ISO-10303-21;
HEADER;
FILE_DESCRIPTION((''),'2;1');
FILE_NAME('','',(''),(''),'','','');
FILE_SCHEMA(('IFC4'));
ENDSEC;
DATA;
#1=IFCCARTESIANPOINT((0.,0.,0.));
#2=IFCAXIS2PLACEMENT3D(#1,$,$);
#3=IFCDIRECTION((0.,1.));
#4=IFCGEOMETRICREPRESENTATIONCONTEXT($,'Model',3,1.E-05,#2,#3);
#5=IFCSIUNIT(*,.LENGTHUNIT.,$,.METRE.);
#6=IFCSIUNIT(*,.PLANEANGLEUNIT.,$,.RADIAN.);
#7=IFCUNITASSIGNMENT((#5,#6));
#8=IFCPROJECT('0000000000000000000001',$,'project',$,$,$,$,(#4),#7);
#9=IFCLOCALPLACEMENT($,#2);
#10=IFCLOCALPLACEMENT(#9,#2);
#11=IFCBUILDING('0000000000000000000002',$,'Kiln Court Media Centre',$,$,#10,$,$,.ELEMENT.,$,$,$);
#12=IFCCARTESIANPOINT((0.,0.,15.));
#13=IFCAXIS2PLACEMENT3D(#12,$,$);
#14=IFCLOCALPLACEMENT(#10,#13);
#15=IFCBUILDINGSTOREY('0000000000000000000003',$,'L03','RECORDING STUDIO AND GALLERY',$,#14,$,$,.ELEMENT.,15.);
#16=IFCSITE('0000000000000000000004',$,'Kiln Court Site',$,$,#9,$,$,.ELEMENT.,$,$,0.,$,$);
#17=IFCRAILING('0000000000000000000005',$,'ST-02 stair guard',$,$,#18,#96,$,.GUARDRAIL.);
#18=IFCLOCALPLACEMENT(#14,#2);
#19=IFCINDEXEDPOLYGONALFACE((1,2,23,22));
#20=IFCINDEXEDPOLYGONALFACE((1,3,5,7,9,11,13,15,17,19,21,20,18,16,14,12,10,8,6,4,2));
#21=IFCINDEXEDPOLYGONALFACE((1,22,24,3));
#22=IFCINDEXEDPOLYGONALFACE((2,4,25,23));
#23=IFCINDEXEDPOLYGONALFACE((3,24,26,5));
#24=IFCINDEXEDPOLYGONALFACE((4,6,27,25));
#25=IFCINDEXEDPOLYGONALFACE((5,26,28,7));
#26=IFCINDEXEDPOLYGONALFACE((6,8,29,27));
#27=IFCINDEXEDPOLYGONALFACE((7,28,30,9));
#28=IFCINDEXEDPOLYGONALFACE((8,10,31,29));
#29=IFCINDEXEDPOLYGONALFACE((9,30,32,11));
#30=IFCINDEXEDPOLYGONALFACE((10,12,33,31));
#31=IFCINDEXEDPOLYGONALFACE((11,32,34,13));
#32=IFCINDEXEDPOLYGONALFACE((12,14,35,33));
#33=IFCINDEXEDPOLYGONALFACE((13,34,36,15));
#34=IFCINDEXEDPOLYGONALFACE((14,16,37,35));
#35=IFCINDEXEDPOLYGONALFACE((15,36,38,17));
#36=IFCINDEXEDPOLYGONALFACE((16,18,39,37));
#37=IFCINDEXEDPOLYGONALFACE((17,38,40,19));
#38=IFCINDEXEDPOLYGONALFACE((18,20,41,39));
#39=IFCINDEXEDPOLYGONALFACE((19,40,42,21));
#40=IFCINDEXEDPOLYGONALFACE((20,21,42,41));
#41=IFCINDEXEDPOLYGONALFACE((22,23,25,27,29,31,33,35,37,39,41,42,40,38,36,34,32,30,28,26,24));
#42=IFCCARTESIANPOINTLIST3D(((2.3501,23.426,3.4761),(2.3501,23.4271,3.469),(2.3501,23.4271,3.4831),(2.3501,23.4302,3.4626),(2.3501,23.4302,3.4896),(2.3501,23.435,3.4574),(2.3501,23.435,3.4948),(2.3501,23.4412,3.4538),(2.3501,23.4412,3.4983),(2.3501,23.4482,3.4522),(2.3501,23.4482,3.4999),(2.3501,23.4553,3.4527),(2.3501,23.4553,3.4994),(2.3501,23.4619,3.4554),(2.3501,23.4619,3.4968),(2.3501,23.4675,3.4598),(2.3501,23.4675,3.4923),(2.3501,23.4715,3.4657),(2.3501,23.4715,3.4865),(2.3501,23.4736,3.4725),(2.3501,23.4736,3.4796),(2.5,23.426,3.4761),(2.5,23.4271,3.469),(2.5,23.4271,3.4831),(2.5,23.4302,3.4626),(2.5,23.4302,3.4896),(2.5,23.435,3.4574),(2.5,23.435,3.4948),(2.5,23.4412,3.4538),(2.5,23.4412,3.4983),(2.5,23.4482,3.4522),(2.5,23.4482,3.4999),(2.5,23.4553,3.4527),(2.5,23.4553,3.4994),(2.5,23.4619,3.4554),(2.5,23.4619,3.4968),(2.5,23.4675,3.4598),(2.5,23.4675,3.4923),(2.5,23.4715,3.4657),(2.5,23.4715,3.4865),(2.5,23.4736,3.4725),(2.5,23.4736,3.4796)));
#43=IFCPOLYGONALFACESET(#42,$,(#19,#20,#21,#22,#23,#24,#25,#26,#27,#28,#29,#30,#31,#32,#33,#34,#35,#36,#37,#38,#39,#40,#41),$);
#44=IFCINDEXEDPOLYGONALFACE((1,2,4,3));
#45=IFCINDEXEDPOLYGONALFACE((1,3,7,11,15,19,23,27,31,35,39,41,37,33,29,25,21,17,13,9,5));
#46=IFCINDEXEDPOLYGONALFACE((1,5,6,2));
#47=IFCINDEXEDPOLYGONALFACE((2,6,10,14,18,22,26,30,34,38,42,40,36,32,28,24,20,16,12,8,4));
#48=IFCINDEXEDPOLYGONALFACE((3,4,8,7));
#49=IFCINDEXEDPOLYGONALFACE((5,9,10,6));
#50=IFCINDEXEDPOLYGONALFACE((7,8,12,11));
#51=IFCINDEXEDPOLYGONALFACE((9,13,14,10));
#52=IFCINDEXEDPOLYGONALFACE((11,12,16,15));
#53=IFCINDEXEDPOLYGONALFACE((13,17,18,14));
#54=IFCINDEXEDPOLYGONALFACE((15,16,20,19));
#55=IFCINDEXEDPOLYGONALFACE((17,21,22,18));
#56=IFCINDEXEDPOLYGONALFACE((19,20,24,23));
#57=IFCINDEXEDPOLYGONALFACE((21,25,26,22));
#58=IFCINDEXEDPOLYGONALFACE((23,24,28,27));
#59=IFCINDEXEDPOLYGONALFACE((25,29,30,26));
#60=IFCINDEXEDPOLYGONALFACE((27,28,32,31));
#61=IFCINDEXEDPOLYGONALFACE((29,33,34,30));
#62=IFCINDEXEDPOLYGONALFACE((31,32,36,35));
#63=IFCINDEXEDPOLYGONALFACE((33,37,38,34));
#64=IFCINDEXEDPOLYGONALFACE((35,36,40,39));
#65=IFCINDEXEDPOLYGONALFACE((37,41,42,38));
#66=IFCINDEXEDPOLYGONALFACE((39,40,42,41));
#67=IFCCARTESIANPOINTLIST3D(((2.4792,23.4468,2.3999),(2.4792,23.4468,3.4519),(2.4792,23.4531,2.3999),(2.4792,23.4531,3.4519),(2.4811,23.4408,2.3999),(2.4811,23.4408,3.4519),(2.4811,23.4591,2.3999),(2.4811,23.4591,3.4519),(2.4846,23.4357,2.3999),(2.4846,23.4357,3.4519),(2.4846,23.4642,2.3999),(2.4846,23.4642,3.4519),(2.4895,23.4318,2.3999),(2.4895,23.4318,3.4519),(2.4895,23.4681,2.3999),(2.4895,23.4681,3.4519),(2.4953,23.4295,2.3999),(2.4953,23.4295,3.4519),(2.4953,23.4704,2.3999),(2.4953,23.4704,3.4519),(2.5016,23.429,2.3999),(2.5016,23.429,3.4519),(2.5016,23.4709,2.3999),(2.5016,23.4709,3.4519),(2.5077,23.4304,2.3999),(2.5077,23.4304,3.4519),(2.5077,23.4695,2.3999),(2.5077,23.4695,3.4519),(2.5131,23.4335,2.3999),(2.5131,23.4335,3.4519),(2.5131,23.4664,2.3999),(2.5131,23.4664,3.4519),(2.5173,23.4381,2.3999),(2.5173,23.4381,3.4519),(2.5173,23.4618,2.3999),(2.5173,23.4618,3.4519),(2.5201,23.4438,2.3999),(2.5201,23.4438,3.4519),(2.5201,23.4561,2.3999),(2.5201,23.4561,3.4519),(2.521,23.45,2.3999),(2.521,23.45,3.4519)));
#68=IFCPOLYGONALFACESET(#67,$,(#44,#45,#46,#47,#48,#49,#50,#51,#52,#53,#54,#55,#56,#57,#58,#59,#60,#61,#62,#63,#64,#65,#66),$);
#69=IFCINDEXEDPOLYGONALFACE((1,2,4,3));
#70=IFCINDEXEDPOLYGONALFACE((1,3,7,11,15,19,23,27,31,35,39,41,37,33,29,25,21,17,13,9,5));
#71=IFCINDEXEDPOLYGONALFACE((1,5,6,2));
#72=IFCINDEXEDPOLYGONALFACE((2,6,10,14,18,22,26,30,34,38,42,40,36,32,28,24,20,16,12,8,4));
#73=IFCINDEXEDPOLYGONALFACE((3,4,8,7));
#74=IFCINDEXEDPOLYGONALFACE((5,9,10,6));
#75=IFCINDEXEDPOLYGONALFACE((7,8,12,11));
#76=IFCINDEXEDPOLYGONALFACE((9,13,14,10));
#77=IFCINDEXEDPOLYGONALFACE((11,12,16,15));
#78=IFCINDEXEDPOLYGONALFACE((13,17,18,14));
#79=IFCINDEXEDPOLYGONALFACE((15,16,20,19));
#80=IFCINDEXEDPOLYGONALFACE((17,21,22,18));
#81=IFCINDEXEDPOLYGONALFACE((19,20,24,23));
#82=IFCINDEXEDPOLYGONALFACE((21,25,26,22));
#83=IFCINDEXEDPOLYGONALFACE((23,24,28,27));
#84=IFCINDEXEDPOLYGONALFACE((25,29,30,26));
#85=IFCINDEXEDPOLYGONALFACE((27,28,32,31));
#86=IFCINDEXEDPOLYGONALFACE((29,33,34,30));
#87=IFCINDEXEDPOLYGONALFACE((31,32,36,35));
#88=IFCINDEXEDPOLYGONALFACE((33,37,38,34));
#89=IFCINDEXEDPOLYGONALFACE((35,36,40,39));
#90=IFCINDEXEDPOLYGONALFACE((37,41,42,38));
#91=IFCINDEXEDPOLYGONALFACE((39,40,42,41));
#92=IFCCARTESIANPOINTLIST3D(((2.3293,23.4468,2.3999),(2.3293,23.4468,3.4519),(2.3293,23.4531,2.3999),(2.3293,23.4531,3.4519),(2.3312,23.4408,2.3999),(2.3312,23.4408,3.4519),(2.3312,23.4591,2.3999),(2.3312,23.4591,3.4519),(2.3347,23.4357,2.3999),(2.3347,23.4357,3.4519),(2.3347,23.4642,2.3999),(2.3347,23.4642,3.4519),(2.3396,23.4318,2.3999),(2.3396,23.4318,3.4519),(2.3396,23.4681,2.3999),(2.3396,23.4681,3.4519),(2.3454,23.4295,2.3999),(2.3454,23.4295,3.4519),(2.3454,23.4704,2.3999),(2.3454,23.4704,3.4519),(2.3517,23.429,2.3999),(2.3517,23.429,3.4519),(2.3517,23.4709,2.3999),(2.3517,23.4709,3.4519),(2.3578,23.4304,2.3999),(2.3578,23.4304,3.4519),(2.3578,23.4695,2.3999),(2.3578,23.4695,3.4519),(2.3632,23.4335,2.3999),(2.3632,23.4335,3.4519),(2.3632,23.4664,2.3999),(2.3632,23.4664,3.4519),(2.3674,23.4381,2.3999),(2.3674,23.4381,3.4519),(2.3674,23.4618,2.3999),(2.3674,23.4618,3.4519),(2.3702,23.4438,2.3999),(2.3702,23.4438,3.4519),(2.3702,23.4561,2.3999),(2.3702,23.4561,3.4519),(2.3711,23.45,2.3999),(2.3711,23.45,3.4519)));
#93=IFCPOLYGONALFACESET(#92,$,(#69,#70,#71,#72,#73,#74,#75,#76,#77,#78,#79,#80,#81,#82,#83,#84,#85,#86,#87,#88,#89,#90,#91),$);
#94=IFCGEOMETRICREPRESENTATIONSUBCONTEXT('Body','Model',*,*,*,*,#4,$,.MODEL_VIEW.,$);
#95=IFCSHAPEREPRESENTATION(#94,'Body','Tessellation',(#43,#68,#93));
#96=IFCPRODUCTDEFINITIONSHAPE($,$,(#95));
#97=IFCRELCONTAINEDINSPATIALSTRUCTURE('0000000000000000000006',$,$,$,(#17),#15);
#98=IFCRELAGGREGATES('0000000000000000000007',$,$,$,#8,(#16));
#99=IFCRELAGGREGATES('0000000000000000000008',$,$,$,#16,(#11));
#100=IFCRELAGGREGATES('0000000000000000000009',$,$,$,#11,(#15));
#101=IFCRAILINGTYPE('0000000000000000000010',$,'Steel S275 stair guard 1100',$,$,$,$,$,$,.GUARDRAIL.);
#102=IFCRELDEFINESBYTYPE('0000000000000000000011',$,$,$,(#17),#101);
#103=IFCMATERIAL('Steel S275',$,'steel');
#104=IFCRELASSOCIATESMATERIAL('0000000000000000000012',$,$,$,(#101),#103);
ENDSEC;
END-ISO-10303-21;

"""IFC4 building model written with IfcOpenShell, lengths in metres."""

from ifc_helpers import new_model, si_unit, direction, frame, origin, origin_2d, place, context, subcontext, project, spatial, circle, extrude, material, type_object, element, save


model = new_model("IFC4")

# Units and contexts
model_context = context("Model", 3, precision=1e-05, world=origin(), true_north=direction((0.0, 1.0)))
body_context = subcontext(model_context, "Body", "Model", "MODEL_VIEW")
ifc_project = project(units=[si_unit("LENGTHUNIT", "METRE"), si_unit("PLANEANGLEUNIT", "RADIAN")], contexts=[model_context])

# Site, building, storey
site_placement = place(None, origin())
site = spatial("IfcSite", under=ifc_project, at=site_placement, Name="Kiln Court Site", CompositionType="ELEMENT", RefElevation=0.0)
building_placement = place(site_placement, origin())
building = spatial("IfcBuilding", under=site, at=building_placement, Name="Kiln Court Media Centre", CompositionType="ELEMENT")
storey_placement = place(building_placement, frame((0.0, 0.0, 15.0)))
storey = spatial("IfcBuildingStorey", under=building, at=storey_placement, Name="L03", Description="RECORDING STUDIO AND GALLERY", CompositionType="ELEMENT", Elevation=15.0)

# Railing
ifc_material_1 = material(Name="Steel S275", Category="steel")
railing_type_1 = type_object("IfcRailingType", Name="Steel S275 stair guard 1100", PredefinedType="GUARDRAIL", material=ifc_material_1)
railing_1_placement = place(storey_placement, frame((2.5, 23.45, 2.3999)))
element("IfcRailing", 1, at=railing_1_placement, inside=storey, type_object=railing_type_1, Name="ST-02 stair guard", PredefinedType="GUARDRAIL", context=body_context, shape_type="SweptSolid", body=[
    extrude(circle(Radius=0.0239, at=origin_2d()), frame((0.0, 0.0, 1.0762), z_axis=(-1.0, 0.0, 0.0), x_axis=(0.0, -1.0, 0.0)), (0.0, 0.0, 1.0), 0.1499),
    extrude(circle(Radius=0.021, at=origin_2d()), origin(), (0.0, 0.0, 1.0), 1.052),
    extrude(circle(Radius=0.021, at=origin_2d()), frame((-0.1499, 0.0, 0.0)), (0.0, 0.0, 1.0), 1.052),
])

save(model, "model.ifc")
